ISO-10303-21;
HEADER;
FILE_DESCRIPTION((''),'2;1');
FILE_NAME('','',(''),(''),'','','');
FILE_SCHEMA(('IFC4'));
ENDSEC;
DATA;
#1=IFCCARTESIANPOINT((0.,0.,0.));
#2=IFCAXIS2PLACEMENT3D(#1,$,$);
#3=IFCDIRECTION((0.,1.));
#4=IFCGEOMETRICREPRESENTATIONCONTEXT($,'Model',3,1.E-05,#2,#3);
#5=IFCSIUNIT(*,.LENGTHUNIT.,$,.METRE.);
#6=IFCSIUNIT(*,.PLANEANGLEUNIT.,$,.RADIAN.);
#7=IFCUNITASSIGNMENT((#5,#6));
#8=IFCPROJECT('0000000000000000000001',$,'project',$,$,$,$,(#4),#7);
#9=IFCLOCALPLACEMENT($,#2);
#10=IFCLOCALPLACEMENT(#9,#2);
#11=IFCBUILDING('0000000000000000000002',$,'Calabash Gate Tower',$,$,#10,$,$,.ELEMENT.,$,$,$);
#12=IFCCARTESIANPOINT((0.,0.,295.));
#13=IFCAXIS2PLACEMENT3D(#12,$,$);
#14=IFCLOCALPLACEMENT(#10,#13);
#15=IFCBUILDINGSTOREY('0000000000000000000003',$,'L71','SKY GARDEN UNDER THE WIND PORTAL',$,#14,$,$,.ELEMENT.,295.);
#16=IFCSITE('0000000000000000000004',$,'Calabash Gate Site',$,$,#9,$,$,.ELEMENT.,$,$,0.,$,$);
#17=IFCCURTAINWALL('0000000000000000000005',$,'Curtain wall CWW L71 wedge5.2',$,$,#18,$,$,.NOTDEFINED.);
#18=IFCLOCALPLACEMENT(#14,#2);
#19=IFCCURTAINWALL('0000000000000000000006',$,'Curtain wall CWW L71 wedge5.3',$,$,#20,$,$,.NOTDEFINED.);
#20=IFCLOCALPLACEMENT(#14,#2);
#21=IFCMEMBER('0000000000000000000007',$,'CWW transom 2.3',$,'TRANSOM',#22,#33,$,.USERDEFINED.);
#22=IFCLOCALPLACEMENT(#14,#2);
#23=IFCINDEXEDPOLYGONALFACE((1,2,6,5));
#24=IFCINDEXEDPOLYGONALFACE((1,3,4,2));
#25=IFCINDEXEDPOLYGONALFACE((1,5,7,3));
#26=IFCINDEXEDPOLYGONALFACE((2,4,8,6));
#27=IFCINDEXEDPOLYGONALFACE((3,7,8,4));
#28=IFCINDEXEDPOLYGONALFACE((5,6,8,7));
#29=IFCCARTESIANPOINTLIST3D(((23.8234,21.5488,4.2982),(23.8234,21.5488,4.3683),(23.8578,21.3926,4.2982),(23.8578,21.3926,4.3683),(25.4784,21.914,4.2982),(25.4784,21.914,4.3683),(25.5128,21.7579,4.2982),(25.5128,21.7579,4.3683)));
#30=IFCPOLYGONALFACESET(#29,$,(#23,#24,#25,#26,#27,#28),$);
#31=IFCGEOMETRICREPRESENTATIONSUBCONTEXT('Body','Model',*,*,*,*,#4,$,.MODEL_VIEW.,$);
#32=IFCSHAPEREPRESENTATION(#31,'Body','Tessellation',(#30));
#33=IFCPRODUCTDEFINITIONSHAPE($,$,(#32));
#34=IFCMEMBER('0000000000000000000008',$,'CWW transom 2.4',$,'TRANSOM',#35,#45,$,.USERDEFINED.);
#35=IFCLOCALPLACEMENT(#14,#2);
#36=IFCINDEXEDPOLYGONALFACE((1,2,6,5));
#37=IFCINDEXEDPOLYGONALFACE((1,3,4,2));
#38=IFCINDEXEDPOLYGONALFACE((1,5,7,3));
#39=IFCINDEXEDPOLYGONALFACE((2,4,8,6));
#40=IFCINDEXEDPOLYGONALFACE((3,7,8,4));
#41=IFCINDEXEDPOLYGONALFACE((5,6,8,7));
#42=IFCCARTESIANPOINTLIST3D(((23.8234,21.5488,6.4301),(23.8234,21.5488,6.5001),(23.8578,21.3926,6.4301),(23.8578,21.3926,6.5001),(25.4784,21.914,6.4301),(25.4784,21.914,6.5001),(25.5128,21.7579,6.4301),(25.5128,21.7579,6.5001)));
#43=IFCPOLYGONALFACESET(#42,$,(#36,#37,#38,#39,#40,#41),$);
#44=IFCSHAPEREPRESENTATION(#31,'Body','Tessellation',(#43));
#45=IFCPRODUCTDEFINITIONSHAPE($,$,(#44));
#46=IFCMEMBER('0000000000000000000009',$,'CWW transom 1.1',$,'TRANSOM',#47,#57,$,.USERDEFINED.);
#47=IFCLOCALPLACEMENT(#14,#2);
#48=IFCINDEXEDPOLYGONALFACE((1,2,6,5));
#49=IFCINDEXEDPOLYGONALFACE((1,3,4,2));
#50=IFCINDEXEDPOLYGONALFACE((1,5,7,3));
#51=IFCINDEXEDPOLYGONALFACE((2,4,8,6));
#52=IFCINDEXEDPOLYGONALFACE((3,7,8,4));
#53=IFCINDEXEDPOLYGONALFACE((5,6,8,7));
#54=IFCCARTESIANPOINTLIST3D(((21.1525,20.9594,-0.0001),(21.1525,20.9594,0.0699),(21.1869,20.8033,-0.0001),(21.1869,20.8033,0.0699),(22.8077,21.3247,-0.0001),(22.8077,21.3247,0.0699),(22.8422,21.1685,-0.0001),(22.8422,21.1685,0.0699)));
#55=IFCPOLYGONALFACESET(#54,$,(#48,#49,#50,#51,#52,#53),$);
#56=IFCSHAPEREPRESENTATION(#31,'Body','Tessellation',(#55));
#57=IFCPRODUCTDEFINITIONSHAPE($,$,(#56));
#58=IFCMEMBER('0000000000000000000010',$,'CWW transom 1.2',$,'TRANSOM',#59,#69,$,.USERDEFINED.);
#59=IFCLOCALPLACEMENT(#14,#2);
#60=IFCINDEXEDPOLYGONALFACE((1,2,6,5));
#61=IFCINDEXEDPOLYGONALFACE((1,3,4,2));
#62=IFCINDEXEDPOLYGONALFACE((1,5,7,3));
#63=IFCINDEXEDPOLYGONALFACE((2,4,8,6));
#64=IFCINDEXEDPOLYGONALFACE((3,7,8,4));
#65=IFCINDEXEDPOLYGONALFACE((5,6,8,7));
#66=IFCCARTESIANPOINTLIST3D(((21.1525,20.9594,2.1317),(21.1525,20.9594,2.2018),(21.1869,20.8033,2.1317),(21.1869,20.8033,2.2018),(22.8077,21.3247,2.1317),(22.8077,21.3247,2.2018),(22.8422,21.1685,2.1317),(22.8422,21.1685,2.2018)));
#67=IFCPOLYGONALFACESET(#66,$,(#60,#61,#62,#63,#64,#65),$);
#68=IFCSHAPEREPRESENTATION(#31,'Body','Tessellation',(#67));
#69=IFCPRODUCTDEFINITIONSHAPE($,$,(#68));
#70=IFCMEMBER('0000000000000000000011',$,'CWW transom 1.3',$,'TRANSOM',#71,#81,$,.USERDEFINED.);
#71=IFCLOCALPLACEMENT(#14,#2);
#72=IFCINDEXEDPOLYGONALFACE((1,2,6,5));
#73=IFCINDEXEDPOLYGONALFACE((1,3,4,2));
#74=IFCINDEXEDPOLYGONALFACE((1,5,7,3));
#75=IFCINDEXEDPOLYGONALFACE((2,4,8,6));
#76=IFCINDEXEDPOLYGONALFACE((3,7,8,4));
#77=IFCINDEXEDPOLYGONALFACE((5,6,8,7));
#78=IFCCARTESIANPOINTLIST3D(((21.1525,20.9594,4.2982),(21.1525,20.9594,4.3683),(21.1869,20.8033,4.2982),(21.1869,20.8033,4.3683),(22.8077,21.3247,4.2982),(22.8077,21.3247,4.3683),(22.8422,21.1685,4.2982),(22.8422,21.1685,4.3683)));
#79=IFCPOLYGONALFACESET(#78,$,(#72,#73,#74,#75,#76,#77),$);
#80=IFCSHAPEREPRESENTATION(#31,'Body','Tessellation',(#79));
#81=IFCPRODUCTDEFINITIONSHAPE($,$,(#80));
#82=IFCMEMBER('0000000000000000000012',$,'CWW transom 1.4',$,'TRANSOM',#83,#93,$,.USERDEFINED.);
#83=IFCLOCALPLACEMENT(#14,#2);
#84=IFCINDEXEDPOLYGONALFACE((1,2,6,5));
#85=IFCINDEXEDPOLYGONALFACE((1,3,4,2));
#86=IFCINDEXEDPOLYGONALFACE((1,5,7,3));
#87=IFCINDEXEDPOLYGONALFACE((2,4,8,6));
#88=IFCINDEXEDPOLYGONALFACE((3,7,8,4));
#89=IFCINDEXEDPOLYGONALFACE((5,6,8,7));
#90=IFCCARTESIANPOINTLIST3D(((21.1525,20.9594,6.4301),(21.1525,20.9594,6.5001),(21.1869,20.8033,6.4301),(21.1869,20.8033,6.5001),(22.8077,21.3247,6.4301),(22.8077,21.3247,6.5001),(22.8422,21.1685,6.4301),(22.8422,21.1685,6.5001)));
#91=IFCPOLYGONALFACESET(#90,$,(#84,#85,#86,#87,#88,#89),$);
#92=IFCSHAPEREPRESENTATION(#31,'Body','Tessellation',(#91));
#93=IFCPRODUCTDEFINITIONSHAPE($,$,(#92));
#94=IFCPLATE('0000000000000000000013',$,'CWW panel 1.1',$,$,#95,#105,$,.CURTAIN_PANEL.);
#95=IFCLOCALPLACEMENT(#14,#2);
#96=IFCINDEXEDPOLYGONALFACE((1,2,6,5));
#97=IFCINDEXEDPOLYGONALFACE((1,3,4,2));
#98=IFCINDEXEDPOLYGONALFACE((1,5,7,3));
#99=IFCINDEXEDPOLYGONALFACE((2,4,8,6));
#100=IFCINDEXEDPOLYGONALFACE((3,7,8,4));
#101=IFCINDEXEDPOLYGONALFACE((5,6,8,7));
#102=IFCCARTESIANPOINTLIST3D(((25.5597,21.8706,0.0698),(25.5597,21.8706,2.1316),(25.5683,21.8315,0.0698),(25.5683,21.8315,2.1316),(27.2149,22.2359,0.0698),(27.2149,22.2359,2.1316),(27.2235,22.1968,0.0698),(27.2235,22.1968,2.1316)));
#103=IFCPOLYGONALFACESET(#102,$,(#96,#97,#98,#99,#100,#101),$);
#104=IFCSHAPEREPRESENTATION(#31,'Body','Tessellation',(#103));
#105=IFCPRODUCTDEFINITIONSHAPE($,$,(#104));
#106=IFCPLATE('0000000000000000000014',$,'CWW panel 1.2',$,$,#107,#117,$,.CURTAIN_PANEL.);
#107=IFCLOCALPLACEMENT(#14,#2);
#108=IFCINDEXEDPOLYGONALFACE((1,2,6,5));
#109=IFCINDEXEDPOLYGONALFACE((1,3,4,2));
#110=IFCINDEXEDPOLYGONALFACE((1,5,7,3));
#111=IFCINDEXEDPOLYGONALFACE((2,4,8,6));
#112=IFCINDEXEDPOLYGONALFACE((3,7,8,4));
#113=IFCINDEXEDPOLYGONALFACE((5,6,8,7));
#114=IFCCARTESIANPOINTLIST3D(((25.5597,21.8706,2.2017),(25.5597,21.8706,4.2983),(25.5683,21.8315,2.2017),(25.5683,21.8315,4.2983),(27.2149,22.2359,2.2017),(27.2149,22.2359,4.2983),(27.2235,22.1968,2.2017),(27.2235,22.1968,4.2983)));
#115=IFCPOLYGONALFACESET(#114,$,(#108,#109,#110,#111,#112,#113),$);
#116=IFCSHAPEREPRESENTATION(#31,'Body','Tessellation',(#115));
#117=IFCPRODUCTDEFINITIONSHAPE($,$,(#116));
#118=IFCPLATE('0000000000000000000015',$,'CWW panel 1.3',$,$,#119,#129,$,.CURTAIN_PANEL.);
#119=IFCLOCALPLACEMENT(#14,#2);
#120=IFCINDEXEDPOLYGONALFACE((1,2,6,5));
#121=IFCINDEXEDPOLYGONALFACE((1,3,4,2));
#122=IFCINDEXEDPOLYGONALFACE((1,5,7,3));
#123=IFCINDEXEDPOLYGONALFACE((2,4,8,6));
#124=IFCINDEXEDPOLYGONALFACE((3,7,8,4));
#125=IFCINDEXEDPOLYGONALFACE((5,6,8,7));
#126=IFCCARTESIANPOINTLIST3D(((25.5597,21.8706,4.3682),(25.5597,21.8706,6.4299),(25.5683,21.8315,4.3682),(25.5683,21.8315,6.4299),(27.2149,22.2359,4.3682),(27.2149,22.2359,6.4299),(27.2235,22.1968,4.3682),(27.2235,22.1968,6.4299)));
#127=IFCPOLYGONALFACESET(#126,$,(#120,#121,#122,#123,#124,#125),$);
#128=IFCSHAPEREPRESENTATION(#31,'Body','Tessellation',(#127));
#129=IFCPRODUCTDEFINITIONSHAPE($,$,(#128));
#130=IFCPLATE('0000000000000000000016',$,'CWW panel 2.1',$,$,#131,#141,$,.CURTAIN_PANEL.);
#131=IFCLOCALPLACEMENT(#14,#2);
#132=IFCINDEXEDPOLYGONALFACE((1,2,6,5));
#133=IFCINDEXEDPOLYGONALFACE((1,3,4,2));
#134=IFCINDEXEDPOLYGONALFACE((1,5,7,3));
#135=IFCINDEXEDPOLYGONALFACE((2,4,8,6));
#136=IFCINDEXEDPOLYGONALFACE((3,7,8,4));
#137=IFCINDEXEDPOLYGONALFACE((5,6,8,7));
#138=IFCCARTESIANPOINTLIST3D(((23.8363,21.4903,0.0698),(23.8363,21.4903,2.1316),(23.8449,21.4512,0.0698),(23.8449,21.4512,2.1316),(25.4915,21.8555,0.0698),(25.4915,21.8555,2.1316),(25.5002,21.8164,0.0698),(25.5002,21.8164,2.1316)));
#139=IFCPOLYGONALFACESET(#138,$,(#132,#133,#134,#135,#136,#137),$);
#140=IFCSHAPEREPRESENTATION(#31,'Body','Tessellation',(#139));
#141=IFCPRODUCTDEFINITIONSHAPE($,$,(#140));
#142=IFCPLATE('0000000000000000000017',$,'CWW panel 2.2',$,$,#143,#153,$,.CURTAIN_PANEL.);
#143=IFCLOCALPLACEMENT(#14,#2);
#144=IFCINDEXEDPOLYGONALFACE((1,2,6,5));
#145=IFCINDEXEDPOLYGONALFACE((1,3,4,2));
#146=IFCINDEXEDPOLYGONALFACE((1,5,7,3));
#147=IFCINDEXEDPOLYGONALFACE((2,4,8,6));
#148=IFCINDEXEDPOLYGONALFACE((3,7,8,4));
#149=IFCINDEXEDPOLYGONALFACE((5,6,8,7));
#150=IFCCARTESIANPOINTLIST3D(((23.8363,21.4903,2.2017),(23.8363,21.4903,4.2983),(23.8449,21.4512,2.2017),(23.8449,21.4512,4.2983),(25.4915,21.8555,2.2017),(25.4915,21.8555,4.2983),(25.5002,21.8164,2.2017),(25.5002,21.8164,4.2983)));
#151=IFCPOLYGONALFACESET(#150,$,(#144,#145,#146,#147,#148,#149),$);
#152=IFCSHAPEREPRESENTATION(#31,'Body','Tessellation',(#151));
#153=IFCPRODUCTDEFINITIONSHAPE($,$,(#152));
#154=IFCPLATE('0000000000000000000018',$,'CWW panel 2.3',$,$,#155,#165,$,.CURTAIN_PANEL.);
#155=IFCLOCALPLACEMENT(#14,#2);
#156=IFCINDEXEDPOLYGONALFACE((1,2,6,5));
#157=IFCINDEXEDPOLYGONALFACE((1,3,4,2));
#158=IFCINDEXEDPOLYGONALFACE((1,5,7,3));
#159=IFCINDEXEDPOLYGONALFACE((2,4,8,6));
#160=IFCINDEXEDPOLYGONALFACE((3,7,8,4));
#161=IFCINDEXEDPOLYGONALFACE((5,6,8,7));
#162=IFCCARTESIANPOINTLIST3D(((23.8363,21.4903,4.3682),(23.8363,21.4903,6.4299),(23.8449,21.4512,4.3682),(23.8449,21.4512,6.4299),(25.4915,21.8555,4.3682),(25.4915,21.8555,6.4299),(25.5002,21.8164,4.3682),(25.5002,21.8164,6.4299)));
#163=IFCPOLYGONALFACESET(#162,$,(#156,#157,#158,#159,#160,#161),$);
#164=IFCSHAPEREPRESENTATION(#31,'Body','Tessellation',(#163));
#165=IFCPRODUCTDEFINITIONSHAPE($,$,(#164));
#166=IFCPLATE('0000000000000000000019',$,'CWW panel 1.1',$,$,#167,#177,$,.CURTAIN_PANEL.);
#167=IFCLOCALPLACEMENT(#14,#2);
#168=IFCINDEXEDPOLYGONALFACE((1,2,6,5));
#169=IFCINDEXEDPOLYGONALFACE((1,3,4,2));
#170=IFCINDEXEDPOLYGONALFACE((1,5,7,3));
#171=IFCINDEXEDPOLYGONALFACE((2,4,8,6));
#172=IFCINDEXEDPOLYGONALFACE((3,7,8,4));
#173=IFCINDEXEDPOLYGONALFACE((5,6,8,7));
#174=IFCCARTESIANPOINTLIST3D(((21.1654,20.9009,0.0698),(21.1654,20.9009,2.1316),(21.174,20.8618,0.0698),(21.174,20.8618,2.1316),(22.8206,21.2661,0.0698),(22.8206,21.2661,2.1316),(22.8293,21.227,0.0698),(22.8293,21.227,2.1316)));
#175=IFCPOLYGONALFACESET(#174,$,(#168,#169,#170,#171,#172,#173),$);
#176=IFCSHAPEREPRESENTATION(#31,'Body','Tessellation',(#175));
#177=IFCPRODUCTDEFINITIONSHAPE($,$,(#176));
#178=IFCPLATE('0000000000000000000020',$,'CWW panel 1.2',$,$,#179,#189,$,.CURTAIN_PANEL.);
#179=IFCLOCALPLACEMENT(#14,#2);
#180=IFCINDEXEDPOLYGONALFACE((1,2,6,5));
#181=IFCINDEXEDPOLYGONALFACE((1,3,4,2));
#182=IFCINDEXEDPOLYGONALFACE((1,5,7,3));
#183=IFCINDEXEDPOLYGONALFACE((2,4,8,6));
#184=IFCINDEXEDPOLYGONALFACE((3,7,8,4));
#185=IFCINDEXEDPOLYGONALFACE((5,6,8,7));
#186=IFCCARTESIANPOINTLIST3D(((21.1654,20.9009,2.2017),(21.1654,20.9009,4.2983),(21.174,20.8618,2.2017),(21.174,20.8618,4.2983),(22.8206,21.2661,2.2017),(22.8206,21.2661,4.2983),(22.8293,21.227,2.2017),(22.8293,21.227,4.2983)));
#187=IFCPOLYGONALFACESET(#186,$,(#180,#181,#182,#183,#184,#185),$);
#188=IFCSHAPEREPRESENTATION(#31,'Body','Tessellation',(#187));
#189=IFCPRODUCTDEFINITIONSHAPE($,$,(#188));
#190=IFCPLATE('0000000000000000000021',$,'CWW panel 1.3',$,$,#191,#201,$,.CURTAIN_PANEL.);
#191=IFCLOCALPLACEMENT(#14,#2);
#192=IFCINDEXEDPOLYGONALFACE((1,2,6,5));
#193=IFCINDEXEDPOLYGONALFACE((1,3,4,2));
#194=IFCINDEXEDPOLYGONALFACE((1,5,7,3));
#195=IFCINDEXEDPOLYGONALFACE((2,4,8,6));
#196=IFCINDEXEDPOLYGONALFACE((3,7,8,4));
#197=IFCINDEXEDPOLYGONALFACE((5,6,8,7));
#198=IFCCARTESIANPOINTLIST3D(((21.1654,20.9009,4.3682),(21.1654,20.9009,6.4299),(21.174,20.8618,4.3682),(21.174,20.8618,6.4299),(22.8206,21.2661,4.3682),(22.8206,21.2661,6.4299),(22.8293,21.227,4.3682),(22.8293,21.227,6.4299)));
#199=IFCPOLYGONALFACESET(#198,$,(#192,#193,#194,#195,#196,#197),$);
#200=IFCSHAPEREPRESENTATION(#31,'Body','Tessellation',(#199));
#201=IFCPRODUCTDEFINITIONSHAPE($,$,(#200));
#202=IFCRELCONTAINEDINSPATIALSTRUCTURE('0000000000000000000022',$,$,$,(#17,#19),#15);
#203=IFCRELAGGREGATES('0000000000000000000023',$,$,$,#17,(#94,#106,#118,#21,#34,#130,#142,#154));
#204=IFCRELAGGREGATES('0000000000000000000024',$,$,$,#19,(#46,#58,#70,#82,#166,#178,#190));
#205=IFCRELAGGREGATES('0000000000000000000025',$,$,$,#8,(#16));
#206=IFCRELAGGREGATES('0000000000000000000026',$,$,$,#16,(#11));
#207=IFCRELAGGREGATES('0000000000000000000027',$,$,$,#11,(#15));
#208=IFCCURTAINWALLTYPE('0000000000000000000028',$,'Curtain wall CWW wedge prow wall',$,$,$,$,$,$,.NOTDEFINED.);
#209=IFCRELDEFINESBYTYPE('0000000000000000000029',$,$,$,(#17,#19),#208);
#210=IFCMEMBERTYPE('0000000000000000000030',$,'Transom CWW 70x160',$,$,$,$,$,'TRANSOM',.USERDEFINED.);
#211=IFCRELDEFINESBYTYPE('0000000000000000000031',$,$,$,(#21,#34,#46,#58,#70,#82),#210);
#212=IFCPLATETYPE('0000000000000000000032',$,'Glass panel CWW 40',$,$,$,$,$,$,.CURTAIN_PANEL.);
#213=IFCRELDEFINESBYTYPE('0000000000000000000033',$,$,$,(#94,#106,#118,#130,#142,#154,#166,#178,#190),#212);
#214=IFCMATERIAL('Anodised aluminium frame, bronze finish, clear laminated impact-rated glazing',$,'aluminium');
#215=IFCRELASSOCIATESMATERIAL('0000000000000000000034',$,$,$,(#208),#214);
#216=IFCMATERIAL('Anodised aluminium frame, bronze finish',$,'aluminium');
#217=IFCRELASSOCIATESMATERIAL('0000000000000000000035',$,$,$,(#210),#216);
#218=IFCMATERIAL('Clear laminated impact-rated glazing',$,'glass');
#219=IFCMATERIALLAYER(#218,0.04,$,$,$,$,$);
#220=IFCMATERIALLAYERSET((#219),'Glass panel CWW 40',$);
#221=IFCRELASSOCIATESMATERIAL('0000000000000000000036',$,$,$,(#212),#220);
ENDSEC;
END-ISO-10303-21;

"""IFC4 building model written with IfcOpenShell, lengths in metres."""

from ifc_helpers import new_model, si_unit, direction, frame, origin, origin_2d, place, context, subcontext, project, spatial, rectangle, extrude, material, layer, layer_set, material_profile, profile_set, type_object, element, aggregate, save


model = new_model("IFC4")

# Units and contexts
model_context = context("Model", 3, precision=1e-05, world=origin(), true_north=direction((0.0, 1.0)))
body_context = subcontext(model_context, "Body", "Model", "MODEL_VIEW")
ifc_project = project(units=[si_unit("LENGTHUNIT", "METRE"), si_unit("PLANEANGLEUNIT", "RADIAN")], contexts=[model_context])

# Site, building, storey
site_placement = place(None, origin())
site = spatial("IfcSite", under=ifc_project, at=site_placement, Name="Calabash Gate Site", CompositionType="ELEMENT", RefElevation=0.0)
building_placement = place(site_placement, origin())
building = spatial("IfcBuilding", under=site, at=building_placement, Name="Calabash Gate Tower", CompositionType="ELEMENT")
storey_placement = place(building_placement, frame((0.0, 0.0, 295.0)))
storey = spatial("IfcBuildingStorey", under=building, at=storey_placement, Name="L71", Description="SKY GARDEN UNDER THE WIND PORTAL", CompositionType="ELEMENT", Elevation=295.0)

# Curtain walls
ifc_material_1 = material(Name="Anodised aluminium frame, bronze finish, clear laminated impact-rated glazing", Category="aluminium")
curtain_wall_type = type_object("IfcCurtainWallType", Name="Curtain wall CWW wedge prow wall", PredefinedType="NOTDEFINED", material=ifc_material_1)
curtain_wall_1_placement = place(storey_placement, origin())
curtain_wall_1 = element("IfcCurtainWall", 1, at=curtain_wall_1_placement, inside=storey, type_object=curtain_wall_type, Name="Curtain wall CWW L71 wedge5.2", PredefinedType="NOTDEFINED")
curtain_wall_2_placement = place(storey_placement, origin())
curtain_wall_2 = element("IfcCurtainWall", 2, at=curtain_wall_2_placement, inside=storey, type_object=curtain_wall_type, Name="Curtain wall CWW L71 wedge5.3", PredefinedType="NOTDEFINED")

# Members
ifc_material_2 = material(Name="Anodised aluminium frame, bronze finish", Category="aluminium")
ifc_material_profile_1 = material_profile(ifc_material_2, rectangle(XDim=0.1599, YDim=0.0701, at=origin_2d()))
ifc_profile_set_1 = profile_set([ifc_material_profile_1], Name="Anodised aluminium frame, bronze finish")
member_type_1 = type_object("IfcMemberType", Name="Transom CWW 70x160", ElementType="TRANSOM", PredefinedType="USERDEFINED", material=ifc_profile_set_1)
member_1_placement = place(storey_placement, frame((25.4956, 21.8359, 4.3333), z_axis=(-0.976505, -0.215497, 0.0), x_axis=(0.215497, -0.976505, 0.0)))
member_1 = element("IfcMember", 3, at=member_1_placement, type_object=member_type_1, Name="CWW transom 2.3", ObjectType="TRANSOM", PredefinedType="USERDEFINED", context=body_context, shape_type="SweptSolid", body=[
    extrude(rectangle(XDim=0.1599, YDim=0.0701, at=origin_2d()), origin(), (0.0, 0.0, 1.0), 1.6948),
])
member_2_placement = place(storey_placement, frame((25.4956, 21.8359, 6.4651), z_axis=(-0.976505, -0.215497, 0.0), x_axis=(0.215497, -0.976505, 0.0)))
member_2 = element("IfcMember", 4, at=member_2_placement, type_object=member_type_1, Name="CWW transom 2.4", ObjectType="TRANSOM", PredefinedType="USERDEFINED", context=body_context, shape_type="SweptSolid", body=[
    extrude(rectangle(XDim=0.1599, YDim=0.0701, at=origin_2d()), origin(), (0.0, 0.0, 1.0), 1.6948),
])
member_3_placement = place(storey_placement, frame((22.825, 21.2466, 0.0349), z_axis=(-0.976511, -0.215466, 0.0), x_axis=(0.215466, -0.976511, 0.0)))
member_3 = element("IfcMember", 5, at=member_3_placement, type_object=member_type_1, Name="CWW transom 1.1", ObjectType="TRANSOM", PredefinedType="USERDEFINED", context=body_context, shape_type="SweptSolid", body=[
    extrude(rectangle(XDim=0.1599, YDim=0.0701, at=origin_2d()), origin(), (0.0, 0.0, 1.0), 1.6951),
])
member_4_placement = place(storey_placement, frame((22.825, 21.2466, 2.1667), z_axis=(-0.976511, -0.215466, 0.0), x_axis=(0.215466, -0.976511, 0.0)))
member_4 = element("IfcMember", 6, at=member_4_placement, type_object=member_type_1, Name="CWW transom 1.2", ObjectType="TRANSOM", PredefinedType="USERDEFINED", context=body_context, shape_type="SweptSolid", body=[
    extrude(rectangle(XDim=0.1599, YDim=0.0701, at=origin_2d()), origin(), (0.0, 0.0, 1.0), 1.6951),
])
member_5_placement = place(storey_placement, frame((22.825, 21.2466, 4.3333), z_axis=(-0.976511, -0.215466, 0.0), x_axis=(0.215466, -0.976511, 0.0)))
member_5 = element("IfcMember", 7, at=member_5_placement, type_object=member_type_1, Name="CWW transom 1.3", ObjectType="TRANSOM", PredefinedType="USERDEFINED", context=body_context, shape_type="SweptSolid", body=[
    extrude(rectangle(XDim=0.1599, YDim=0.0701, at=origin_2d()), origin(), (0.0, 0.0, 1.0), 1.6951),
])
member_6_placement = place(storey_placement, frame((22.825, 21.2466, 6.4651), z_axis=(-0.976511, -0.215466, 0.0), x_axis=(0.215466, -0.976511, 0.0)))
member_6 = element("IfcMember", 8, at=member_6_placement, type_object=member_type_1, Name="CWW transom 1.4", ObjectType="TRANSOM", PredefinedType="USERDEFINED", context=body_context, shape_type="SweptSolid", body=[
    extrude(rectangle(XDim=0.1599, YDim=0.0701, at=origin_2d()), origin(), (0.0, 0.0, 1.0), 1.6951),
])

# Plates
ifc_material_3 = material(Name="Clear laminated impact-rated glazing", Category="glass")
ifc_layer = layer(ifc_material_3, 0.04)
ifc_layer_set = layer_set([ifc_layer], Name="Glass panel CWW 40")
plate_type = type_object("IfcPlateType", Name="Glass panel CWW 40", PredefinedType="CURTAIN_PANEL", material=ifc_layer_set)
plate_1_placement = place(storey_placement, frame((26.3916, 22.0337, 0.0698), z_axis=(0.0, 0.0, 1.0), x_axis=(-0.976511, -0.215468, 0.0)))
plate_1 = element("IfcPlate", 9, at=plate_1_placement, type_object=plate_type, Name="CWW panel 1.1", PredefinedType="CURTAIN_PANEL", context=body_context, shape_type="SweptSolid", body=[
    extrude(rectangle(XDim=1.6951, YDim=0.04, at=origin_2d()), origin(), (0.0, 0.0, 1.0), 2.0618),
])
plate_2_placement = place(storey_placement, frame((26.3916, 22.0337, 2.2017), z_axis=(0.0, 0.0, 1.0), x_axis=(-0.976511, -0.215468, 0.0)))
plate_2 = element("IfcPlate", 10, at=plate_2_placement, type_object=plate_type, Name="CWW panel 1.2", PredefinedType="CURTAIN_PANEL", context=body_context, shape_type="SweptSolid", body=[
    extrude(rectangle(XDim=1.6951, YDim=0.04, at=origin_2d()), origin(), (0.0, 0.0, 1.0), 2.0967),
])
plate_3_placement = place(storey_placement, frame((26.3916, 22.0337, 4.3682), z_axis=(0.0, 0.0, 1.0), x_axis=(-0.976511, -0.215468, 0.0)))
plate_3 = element("IfcPlate", 11, at=plate_3_placement, type_object=plate_type, Name="CWW panel 1.3", PredefinedType="CURTAIN_PANEL", context=body_context, shape_type="SweptSolid", body=[
    extrude(rectangle(XDim=1.6951, YDim=0.04, at=origin_2d()), origin(), (0.0, 0.0, 1.0), 2.0618),
])
plate_4_placement = place(storey_placement, frame((24.6682, 21.6533, 0.0698), z_axis=(0.0, 0.0, 1.0), x_axis=(-0.976511, -0.215468, 0.0)))
plate_4 = element("IfcPlate", 12, at=plate_4_placement, type_object=plate_type, Name="CWW panel 2.1", PredefinedType="CURTAIN_PANEL", context=body_context, shape_type="SweptSolid", body=[
    extrude(rectangle(XDim=1.6951, YDim=0.04, at=origin_2d()), origin(), (0.0, 0.0, 1.0), 2.0618),
])
plate_5_placement = place(storey_placement, frame((24.6682, 21.6533, 2.2017), z_axis=(0.0, 0.0, 1.0), x_axis=(-0.976511, -0.215468, 0.0)))
plate_5 = element("IfcPlate", 13, at=plate_5_placement, type_object=plate_type, Name="CWW panel 2.2", PredefinedType="CURTAIN_PANEL", context=body_context, shape_type="SweptSolid", body=[
    extrude(rectangle(XDim=1.6951, YDim=0.04, at=origin_2d()), origin(), (0.0, 0.0, 1.0), 2.0967),
])
plate_6_placement = place(storey_placement, frame((24.6682, 21.6533, 4.3682), z_axis=(0.0, 0.0, 1.0), x_axis=(-0.976511, -0.215468, 0.0)))
plate_6 = element("IfcPlate", 14, at=plate_6_placement, type_object=plate_type, Name="CWW panel 2.3", PredefinedType="CURTAIN_PANEL", context=body_context, shape_type="SweptSolid", body=[
    extrude(rectangle(XDim=1.6951, YDim=0.04, at=origin_2d()), origin(), (0.0, 0.0, 1.0), 2.0618),
])
aggregate(curtain_wall_1, [plate_1, plate_2, plate_3, member_1, member_2, plate_4, plate_5, plate_6])
plate_7_placement = place(storey_placement, frame((21.9973, 21.064, 0.0698), z_axis=(0.0, 0.0, 1.0), x_axis=(-0.976511, -0.215468, 0.0)))
plate_7 = element("IfcPlate", 15, at=plate_7_placement, type_object=plate_type, Name="CWW panel 1.1", PredefinedType="CURTAIN_PANEL", context=body_context, shape_type="SweptSolid", body=[
    extrude(rectangle(XDim=1.6951, YDim=0.04, at=origin_2d()), origin(), (0.0, 0.0, 1.0), 2.0618),
])
plate_8_placement = place(storey_placement, frame((21.9973, 21.064, 2.2017), z_axis=(0.0, 0.0, 1.0), x_axis=(-0.976511, -0.215468, 0.0)))
plate_8 = element("IfcPlate", 16, at=plate_8_placement, type_object=plate_type, Name="CWW panel 1.2", PredefinedType="CURTAIN_PANEL", context=body_context, shape_type="SweptSolid", body=[
    extrude(rectangle(XDim=1.6951, YDim=0.04, at=origin_2d()), origin(), (0.0, 0.0, 1.0), 2.0967),
])
plate_9_placement = place(storey_placement, frame((21.9973, 21.064, 4.3682), z_axis=(0.0, 0.0, 1.0), x_axis=(-0.976511, -0.215468, 0.0)))
plate_9 = element("IfcPlate", 17, at=plate_9_placement, type_object=plate_type, Name="CWW panel 1.3", PredefinedType="CURTAIN_PANEL", context=body_context, shape_type="SweptSolid", body=[
    extrude(rectangle(XDim=1.6951, YDim=0.04, at=origin_2d()), origin(), (0.0, 0.0, 1.0), 2.0618),
])
aggregate(curtain_wall_2, [member_3, member_4, member_5, member_6, plate_7, plate_8, plate_9])

save(model, "model.ifc")
